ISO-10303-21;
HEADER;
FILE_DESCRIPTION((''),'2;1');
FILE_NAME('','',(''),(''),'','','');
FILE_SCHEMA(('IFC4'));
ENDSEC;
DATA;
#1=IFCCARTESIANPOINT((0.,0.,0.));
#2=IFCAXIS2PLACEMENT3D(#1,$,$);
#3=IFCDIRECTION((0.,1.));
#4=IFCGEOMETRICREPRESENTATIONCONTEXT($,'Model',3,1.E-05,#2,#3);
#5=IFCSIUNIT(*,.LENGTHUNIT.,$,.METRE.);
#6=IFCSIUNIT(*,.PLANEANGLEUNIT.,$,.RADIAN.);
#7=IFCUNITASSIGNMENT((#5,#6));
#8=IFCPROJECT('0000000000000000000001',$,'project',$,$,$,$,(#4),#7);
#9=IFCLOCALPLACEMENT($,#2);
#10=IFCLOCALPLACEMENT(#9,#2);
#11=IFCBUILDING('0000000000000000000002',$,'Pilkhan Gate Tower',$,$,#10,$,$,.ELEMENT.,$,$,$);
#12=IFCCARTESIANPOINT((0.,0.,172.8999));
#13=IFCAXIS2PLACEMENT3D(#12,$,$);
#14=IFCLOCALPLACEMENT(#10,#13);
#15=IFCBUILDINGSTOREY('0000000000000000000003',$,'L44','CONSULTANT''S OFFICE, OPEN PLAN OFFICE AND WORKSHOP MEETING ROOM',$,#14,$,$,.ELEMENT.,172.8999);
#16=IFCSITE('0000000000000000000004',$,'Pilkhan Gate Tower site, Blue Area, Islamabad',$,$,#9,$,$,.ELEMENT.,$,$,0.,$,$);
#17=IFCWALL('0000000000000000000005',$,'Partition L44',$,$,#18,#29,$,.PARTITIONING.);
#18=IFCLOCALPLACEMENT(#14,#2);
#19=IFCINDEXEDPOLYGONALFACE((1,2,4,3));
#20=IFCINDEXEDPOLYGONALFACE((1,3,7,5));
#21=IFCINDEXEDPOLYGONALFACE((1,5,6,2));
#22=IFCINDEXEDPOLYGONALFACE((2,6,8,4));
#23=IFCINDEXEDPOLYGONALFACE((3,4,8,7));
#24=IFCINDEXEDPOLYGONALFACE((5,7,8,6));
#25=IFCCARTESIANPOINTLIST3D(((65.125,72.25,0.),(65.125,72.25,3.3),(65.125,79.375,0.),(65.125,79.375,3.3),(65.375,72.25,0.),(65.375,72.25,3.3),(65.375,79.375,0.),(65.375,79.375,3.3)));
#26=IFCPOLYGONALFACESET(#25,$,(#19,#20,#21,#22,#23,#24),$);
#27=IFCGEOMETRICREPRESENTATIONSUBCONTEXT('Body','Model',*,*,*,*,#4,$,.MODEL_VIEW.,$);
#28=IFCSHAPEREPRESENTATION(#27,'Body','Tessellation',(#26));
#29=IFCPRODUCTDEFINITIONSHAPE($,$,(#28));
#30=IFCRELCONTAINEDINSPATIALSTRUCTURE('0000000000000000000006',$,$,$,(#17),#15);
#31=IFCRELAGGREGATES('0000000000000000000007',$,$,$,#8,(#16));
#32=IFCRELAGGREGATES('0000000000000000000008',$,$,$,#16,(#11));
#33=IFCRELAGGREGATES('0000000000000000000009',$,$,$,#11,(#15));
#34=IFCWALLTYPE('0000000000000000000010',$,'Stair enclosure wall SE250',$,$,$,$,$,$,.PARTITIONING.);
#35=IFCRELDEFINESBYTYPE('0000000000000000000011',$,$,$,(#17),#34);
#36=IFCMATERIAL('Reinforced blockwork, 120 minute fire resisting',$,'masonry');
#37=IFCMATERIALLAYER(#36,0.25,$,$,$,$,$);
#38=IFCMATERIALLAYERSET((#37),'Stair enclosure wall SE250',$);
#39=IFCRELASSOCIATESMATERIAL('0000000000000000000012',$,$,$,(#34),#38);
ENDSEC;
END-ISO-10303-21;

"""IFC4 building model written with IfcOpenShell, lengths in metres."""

from ifc_helpers import new_model, si_unit, direction, frame, frame_2d, origin, place, context, subcontext, project, spatial, rectangle, extrude, material, layer, layer_set, type_object, element, save


model = new_model("IFC4")

# Units and contexts
model_context = context("Model", 3, precision=1e-05, world=origin(), true_north=direction((0.0, 1.0)))
body_context = subcontext(model_context, "Body", "Model", "MODEL_VIEW")
ifc_project = project(units=[si_unit("LENGTHUNIT", "METRE"), si_unit("PLANEANGLEUNIT", "RADIAN")], contexts=[model_context])

# Site, building, storey
site_placement = place(None, origin())
site = spatial("IfcSite", under=ifc_project, at=site_placement, Name="Pilkhan Gate Tower site, Blue Area, Islamabad", CompositionType="ELEMENT", RefElevation=0.0)
building_placement = place(site_placement, origin())
building = spatial("IfcBuilding", under=site, at=building_placement, Name="Pilkhan Gate Tower", CompositionType="ELEMENT")
storey_placement = place(building_placement, frame((0.0, 0.0, 172.8999)))
storey = spatial("IfcBuildingStorey", under=building, at=storey_placement, Name="L44", Description="CONSULTANT'S OFFICE, OPEN PLAN OFFICE AND WORKSHOP MEETING ROOM", CompositionType="ELEMENT", Elevation=172.8999)

# Wall
ifc_material_1 = material(Name="Reinforced blockwork, 120 minute fire resisting", Category="masonry")
ifc_layer_1 = layer(ifc_material_1, 0.25)
ifc_layer_set_1 = layer_set([ifc_layer_1], Name="Stair enclosure wall SE250")
wall_type_1 = type_object("IfcWallType", Name="Stair enclosure wall SE250", PredefinedType="PARTITIONING", material=ifc_layer_set_1)
wall_1_placement = place(storey_placement, frame((65.25, 72.25, 0.0), z_axis=(0.0, 0.0, 1.0), x_axis=(0.0, 1.0, 0.0)))
element("IfcWall", 1, at=wall_1_placement, inside=storey, type_object=wall_type_1, Name="Partition L44", PredefinedType="PARTITIONING", context=body_context, shape_type="SweptSolid", body=[
    extrude(rectangle(XDim=7.125, YDim=0.25, at=frame_2d((3.5625, 0.0))), origin(), (0.0, 0.0, 1.0), 3.3),
])

save(model, "model.ifc")
